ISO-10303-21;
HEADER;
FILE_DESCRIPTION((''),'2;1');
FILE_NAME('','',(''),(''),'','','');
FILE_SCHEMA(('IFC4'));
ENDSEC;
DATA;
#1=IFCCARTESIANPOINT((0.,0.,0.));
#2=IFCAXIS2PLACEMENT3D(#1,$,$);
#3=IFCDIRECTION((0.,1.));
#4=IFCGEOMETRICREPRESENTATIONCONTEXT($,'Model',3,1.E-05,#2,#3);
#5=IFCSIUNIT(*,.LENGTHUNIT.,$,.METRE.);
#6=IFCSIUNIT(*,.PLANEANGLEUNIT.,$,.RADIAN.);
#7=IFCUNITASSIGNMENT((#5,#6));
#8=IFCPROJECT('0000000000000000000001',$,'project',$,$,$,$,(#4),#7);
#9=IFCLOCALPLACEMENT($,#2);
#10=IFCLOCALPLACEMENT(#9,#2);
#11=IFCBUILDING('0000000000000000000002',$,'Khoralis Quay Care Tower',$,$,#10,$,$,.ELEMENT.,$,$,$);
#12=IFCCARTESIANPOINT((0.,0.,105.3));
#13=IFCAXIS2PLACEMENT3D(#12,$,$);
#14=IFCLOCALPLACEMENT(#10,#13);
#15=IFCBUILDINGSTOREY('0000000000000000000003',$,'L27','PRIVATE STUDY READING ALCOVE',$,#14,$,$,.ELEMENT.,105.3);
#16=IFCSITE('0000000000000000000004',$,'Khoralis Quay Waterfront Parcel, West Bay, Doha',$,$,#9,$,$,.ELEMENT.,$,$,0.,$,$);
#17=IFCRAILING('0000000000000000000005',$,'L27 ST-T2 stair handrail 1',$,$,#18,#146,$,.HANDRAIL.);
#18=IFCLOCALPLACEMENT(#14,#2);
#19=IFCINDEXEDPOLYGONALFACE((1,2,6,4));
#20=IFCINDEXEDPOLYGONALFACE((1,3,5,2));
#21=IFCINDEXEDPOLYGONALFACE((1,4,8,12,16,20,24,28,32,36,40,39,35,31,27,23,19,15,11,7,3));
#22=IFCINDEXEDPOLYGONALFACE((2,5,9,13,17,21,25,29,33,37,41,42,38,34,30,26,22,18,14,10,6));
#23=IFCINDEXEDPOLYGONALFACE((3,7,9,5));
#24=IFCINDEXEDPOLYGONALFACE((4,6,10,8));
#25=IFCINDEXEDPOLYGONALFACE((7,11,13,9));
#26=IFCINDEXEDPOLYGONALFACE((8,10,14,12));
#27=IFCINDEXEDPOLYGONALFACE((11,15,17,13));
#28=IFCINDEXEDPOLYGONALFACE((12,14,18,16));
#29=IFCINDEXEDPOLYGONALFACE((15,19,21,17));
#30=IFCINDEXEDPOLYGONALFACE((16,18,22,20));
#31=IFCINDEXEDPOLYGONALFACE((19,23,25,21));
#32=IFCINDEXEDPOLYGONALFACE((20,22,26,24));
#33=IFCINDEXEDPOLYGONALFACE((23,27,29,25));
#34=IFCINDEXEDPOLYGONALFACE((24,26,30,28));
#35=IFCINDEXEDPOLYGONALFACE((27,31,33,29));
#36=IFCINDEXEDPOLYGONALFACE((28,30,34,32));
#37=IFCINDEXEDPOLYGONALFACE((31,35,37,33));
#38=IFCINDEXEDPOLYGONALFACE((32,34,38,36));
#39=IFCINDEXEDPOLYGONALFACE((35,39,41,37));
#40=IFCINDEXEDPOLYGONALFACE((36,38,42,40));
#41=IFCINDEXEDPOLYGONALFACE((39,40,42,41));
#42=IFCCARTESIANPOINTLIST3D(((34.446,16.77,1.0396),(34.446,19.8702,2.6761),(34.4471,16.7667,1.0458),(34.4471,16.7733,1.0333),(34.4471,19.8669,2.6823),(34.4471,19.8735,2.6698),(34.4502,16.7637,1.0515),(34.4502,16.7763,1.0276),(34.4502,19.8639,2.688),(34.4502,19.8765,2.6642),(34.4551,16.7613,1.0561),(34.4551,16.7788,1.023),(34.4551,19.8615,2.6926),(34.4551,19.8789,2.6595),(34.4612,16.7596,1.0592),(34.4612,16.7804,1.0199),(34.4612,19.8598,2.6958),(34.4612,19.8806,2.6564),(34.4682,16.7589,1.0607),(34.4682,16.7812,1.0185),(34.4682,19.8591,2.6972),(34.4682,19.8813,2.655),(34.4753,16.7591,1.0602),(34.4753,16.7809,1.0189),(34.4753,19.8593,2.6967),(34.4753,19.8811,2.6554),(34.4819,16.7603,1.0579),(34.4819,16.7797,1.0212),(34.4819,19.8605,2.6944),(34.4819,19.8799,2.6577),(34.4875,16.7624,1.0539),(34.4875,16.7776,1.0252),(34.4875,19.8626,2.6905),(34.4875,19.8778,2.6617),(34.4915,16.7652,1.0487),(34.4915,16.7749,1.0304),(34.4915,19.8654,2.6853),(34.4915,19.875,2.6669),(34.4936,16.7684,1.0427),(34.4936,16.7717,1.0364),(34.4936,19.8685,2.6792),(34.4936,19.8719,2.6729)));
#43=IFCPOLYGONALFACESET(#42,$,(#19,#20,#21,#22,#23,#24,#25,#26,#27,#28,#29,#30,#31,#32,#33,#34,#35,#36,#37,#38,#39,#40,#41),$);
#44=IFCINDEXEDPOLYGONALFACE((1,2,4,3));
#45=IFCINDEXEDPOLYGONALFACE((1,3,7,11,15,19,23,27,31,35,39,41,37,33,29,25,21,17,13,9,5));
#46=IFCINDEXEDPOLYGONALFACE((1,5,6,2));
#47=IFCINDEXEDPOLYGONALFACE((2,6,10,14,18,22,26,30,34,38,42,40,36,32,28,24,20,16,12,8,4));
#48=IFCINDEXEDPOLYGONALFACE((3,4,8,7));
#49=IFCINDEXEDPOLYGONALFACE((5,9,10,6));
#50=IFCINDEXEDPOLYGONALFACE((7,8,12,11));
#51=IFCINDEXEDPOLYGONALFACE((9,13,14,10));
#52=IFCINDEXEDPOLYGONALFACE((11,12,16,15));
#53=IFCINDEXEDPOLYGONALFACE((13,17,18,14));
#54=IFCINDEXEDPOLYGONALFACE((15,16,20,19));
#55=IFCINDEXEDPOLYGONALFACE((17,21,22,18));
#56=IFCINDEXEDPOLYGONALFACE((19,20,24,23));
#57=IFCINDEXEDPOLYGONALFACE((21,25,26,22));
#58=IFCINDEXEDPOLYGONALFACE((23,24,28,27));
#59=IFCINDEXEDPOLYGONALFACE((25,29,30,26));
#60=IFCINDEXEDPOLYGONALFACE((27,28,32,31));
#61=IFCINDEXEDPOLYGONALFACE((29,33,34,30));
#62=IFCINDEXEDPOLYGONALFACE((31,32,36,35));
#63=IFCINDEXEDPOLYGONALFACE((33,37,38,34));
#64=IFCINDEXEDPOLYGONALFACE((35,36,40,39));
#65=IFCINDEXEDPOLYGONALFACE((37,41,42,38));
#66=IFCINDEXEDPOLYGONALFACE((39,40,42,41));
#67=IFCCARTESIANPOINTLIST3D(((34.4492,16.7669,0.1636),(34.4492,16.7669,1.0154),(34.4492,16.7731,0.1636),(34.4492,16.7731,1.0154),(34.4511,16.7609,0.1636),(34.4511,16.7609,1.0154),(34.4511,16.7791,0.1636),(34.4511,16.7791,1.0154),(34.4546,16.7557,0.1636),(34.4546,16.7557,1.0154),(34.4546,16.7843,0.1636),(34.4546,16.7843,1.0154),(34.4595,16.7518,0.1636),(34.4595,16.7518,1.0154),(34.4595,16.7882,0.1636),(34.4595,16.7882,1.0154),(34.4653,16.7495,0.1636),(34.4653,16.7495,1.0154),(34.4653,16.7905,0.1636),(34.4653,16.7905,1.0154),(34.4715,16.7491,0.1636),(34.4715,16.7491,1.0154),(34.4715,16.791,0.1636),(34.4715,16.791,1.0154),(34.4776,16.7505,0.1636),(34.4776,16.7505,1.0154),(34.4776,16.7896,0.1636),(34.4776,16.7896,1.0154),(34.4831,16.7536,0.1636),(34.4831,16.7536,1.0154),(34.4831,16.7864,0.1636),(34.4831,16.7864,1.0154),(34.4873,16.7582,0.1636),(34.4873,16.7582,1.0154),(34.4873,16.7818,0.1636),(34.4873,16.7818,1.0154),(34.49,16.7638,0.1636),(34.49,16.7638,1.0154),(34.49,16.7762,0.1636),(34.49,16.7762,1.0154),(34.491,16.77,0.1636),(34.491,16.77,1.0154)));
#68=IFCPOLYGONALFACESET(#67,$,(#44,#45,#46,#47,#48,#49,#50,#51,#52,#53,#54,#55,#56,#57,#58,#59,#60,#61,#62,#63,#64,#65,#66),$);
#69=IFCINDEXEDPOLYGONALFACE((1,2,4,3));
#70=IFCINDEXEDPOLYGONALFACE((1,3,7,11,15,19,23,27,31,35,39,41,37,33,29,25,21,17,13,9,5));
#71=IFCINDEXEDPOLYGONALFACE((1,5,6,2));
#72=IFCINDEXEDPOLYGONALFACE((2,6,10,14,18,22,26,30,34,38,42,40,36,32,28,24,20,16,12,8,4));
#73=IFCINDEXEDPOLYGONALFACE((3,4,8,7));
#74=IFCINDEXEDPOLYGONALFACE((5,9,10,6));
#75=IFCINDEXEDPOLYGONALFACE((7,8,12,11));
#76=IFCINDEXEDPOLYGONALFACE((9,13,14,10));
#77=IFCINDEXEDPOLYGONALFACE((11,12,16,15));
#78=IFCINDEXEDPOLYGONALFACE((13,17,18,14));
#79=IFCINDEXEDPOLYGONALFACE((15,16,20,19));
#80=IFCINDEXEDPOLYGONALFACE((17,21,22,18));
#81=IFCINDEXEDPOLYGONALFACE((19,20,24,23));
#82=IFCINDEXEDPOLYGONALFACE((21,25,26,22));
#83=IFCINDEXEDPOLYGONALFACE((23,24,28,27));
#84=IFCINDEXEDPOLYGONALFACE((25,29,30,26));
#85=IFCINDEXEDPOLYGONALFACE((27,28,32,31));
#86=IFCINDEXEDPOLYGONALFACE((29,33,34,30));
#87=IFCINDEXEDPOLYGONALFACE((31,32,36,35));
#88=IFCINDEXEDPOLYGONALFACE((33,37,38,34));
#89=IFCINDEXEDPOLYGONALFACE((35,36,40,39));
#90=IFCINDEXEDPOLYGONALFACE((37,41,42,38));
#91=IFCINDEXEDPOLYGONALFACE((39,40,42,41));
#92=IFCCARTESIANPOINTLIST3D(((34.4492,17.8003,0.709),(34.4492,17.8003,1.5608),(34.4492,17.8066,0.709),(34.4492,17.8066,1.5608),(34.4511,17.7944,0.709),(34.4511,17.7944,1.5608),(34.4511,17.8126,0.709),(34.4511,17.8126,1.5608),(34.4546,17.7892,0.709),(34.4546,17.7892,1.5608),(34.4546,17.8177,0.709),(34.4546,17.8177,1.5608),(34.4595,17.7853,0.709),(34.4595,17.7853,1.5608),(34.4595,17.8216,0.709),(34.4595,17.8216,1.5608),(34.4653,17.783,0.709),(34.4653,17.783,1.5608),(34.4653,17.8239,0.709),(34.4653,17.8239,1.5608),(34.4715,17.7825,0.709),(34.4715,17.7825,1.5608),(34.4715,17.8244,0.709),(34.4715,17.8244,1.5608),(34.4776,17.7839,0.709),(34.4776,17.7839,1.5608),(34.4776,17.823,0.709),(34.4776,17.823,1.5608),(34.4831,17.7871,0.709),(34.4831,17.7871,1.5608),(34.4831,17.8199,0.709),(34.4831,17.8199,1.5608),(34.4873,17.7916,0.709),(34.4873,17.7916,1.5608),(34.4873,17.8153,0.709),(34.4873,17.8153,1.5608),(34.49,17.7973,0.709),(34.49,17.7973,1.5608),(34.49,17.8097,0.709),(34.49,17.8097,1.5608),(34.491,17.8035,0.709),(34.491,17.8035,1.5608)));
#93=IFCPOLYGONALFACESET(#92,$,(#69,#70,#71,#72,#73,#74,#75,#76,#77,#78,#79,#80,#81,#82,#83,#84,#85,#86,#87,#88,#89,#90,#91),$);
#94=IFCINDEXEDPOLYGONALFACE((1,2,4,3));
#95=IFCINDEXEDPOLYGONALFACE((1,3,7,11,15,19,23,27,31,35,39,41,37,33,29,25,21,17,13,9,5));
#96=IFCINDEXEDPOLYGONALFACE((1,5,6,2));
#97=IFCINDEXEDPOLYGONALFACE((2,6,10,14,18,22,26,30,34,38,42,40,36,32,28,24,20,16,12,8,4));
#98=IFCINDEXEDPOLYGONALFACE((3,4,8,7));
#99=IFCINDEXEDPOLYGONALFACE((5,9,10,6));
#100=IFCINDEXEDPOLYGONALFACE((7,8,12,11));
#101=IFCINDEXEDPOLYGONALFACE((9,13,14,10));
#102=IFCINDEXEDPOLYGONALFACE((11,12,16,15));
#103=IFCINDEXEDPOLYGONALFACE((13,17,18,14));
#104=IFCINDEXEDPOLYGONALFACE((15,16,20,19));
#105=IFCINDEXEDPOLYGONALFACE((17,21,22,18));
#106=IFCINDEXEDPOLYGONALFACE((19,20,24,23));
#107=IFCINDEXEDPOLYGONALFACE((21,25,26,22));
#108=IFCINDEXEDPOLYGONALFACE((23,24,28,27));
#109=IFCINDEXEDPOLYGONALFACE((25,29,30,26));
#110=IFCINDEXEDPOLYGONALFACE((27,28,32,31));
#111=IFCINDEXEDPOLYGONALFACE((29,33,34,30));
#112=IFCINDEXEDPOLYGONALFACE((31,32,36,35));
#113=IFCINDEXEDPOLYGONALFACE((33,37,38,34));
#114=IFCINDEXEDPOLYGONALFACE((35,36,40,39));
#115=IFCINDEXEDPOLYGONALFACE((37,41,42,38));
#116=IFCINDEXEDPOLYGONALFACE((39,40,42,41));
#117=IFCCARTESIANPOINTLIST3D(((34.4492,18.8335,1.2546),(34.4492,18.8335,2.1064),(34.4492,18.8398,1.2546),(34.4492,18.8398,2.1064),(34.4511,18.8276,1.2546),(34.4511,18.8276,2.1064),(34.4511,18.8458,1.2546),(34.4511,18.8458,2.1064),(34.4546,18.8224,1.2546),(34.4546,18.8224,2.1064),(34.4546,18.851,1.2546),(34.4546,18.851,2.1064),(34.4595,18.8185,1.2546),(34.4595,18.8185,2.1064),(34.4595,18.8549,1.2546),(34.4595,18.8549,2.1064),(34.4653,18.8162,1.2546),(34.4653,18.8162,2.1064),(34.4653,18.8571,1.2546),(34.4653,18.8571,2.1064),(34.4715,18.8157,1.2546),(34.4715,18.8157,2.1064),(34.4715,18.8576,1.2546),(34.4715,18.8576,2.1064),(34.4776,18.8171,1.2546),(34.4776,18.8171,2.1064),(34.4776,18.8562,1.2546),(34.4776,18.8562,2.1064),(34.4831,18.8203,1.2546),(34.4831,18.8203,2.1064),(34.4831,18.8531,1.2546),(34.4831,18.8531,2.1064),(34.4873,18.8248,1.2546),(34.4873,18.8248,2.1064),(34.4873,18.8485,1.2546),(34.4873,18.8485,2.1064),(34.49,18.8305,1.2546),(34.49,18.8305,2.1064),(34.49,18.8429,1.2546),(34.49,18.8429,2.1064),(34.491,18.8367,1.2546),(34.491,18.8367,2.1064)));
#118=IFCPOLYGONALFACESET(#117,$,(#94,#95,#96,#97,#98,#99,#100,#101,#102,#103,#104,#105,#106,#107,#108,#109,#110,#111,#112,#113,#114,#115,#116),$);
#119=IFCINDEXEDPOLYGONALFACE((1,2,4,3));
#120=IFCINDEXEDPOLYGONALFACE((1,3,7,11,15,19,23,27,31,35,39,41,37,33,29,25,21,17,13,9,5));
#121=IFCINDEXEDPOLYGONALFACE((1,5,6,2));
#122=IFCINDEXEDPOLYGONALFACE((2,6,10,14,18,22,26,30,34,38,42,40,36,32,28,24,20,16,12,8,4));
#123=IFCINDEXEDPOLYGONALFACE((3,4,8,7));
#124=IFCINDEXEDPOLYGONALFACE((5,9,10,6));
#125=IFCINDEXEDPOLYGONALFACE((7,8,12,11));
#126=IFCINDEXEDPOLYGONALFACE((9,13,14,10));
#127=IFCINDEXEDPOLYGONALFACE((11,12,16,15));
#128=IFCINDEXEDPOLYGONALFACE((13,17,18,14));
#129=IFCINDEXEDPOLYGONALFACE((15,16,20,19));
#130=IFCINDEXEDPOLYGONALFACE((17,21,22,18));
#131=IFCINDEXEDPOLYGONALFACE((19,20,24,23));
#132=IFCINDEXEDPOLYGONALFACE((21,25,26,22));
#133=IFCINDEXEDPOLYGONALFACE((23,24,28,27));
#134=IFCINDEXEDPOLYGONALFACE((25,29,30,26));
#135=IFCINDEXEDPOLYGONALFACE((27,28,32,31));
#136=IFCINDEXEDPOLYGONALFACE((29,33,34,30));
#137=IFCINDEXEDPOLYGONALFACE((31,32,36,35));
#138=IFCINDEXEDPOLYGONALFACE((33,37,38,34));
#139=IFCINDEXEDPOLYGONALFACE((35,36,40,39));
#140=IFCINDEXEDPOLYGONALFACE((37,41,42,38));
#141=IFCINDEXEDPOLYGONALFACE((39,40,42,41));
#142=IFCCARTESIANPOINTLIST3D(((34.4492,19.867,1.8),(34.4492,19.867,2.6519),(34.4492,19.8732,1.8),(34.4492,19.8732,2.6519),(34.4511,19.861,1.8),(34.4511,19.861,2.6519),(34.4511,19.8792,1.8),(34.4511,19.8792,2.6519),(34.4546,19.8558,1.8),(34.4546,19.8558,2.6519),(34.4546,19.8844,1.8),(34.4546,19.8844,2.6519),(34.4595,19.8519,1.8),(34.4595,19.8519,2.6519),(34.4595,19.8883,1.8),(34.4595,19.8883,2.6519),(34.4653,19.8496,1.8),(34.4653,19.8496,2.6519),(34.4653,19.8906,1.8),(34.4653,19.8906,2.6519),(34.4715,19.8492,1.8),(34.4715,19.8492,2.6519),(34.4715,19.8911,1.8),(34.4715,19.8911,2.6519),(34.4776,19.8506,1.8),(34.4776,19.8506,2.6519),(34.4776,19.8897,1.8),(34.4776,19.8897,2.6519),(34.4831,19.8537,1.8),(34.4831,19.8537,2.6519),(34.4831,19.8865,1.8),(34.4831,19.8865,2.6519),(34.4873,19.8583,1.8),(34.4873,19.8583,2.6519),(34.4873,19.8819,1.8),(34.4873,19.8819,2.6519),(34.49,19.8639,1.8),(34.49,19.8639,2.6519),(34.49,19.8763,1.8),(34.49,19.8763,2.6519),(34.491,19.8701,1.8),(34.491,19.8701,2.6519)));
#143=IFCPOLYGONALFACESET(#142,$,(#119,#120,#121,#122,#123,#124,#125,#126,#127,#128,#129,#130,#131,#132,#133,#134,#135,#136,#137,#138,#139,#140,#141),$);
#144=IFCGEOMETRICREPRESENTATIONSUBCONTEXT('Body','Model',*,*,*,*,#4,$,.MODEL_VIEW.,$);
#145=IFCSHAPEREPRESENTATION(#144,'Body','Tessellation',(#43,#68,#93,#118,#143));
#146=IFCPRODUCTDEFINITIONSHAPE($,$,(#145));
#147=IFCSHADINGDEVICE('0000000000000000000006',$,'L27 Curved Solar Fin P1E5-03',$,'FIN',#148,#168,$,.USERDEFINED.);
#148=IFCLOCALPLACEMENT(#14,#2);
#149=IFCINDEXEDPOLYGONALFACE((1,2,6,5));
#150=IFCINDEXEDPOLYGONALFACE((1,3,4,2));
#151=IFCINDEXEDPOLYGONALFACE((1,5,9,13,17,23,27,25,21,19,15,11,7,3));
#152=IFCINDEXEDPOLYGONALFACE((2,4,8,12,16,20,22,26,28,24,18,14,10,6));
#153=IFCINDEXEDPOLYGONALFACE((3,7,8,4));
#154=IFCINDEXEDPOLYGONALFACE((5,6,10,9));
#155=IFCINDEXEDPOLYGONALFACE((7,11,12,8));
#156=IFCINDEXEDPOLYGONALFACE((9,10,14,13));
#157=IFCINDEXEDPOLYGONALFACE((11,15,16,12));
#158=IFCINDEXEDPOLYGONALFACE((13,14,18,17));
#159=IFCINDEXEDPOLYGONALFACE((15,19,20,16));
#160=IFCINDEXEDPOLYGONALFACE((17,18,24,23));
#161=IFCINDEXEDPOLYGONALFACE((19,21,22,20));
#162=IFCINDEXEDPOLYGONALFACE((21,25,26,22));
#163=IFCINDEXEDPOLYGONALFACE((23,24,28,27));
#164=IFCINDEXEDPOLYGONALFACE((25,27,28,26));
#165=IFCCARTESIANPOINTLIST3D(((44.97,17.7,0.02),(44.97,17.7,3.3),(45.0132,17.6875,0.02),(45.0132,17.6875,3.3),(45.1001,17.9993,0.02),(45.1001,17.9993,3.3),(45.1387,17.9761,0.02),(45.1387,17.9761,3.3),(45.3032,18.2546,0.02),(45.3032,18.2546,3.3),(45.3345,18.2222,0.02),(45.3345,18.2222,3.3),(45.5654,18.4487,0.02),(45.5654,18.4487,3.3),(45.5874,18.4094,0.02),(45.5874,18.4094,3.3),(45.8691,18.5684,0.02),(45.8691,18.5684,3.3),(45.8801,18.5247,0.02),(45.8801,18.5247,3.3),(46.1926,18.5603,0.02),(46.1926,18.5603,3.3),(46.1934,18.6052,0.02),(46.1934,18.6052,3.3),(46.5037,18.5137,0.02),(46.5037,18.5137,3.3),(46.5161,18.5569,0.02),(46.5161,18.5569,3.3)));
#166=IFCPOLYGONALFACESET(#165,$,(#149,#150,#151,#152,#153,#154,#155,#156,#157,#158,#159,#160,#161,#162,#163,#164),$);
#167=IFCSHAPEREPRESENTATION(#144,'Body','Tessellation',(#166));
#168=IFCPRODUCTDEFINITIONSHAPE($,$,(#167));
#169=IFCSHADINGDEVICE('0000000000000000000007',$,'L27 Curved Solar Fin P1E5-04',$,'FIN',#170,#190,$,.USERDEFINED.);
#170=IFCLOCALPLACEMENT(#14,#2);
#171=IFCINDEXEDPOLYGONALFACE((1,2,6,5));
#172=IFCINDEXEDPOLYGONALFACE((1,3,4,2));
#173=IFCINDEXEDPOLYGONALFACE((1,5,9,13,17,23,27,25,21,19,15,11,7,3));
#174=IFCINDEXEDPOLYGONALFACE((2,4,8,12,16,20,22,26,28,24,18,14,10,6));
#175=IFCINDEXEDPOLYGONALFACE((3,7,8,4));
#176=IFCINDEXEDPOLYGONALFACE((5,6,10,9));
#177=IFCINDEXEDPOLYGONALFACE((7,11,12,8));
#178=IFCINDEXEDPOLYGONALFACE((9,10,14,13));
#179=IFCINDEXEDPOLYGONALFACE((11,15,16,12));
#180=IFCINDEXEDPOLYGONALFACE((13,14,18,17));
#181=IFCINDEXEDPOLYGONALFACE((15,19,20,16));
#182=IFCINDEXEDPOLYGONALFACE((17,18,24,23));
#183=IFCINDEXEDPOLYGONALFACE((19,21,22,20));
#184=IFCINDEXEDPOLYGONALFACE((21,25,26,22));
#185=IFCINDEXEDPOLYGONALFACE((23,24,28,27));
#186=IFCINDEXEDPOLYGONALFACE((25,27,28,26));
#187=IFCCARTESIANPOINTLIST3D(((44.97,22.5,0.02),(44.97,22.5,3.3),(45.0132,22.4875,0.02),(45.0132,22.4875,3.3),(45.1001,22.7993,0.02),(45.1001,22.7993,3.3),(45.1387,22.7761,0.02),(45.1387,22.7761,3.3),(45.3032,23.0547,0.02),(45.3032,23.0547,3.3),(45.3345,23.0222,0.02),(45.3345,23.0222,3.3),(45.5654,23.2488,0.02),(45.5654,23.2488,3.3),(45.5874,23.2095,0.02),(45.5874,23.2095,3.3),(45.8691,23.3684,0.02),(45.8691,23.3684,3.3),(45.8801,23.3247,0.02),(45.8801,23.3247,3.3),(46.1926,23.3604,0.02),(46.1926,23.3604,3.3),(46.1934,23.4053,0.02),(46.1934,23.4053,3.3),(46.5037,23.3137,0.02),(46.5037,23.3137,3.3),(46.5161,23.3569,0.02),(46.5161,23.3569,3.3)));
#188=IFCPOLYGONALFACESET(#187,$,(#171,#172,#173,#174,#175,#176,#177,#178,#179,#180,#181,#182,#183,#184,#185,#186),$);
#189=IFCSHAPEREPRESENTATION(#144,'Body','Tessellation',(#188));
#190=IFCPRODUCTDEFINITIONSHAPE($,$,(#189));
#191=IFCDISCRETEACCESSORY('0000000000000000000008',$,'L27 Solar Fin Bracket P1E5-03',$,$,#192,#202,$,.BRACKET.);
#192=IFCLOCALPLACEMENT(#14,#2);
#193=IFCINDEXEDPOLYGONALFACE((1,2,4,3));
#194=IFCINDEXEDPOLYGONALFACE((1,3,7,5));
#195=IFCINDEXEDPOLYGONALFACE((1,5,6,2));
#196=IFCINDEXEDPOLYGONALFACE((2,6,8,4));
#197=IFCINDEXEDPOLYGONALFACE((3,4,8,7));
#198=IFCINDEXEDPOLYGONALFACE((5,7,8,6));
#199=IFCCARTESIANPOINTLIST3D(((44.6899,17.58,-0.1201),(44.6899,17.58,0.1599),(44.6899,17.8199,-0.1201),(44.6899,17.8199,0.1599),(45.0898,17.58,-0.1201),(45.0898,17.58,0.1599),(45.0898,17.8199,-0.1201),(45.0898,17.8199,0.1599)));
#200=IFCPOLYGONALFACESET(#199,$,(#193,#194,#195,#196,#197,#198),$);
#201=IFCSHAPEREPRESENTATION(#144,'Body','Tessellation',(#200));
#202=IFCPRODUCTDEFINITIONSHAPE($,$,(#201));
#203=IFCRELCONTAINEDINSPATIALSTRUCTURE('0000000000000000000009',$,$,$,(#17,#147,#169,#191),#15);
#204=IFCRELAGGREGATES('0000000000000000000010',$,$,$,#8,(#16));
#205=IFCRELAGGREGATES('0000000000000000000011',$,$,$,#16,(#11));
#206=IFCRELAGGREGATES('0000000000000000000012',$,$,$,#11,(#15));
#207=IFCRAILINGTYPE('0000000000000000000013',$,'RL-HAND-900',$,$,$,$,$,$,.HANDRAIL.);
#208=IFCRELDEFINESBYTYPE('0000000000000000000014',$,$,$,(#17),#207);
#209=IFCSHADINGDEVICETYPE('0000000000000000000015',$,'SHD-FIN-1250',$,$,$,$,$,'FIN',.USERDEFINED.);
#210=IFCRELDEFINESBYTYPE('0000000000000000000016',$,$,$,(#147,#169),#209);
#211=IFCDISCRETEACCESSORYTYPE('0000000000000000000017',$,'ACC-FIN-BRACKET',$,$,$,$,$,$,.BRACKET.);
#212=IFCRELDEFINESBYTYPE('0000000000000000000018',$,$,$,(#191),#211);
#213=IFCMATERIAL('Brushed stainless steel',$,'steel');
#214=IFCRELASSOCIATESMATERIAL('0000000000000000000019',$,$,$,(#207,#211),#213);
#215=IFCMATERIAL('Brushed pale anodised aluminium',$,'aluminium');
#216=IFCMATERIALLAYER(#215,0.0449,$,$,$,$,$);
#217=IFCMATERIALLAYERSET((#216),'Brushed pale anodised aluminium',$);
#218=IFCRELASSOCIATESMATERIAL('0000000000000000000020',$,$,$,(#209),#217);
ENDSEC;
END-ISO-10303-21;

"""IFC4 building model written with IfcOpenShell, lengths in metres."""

from ifc_helpers import new_model, si_unit, direction, frame, origin, origin_2d, place, context, subcontext, project, spatial, polyline, rectangle, circle, outline, extrude, source, transform, mapped, material, layer, layer_set, type_object, element, save


model = new_model("IFC4")

# Units and contexts
model_context = context("Model", 3, precision=1e-05, world=origin(), true_north=direction((0.0, 1.0)))
body_context = subcontext(model_context, "Body", "Model", "MODEL_VIEW")
ifc_project = project(units=[si_unit("LENGTHUNIT", "METRE"), si_unit("PLANEANGLEUNIT", "RADIAN")], contexts=[model_context])

# Site, building, storey
site_placement = place(None, origin())
site = spatial("IfcSite", under=ifc_project, at=site_placement, Name="Khoralis Quay Waterfront Parcel, West Bay, Doha", CompositionType="ELEMENT", RefElevation=0.0)
building_placement = place(site_placement, origin())
building = spatial("IfcBuilding", under=site, at=building_placement, Name="Khoralis Quay Care Tower", CompositionType="ELEMENT")
storey_placement = place(building_placement, frame((0.0, 0.0, 105.3)))
storey = spatial("IfcBuildingStorey", under=building, at=storey_placement, Name="L27", Description="PRIVATE STUDY READING ALCOVE", CompositionType="ELEMENT", Elevation=105.3)

# Railing
ifc_material_1 = material(Name="Brushed stainless steel", Category="steel")
railing_type_1 = type_object("IfcRailingType", Name="RL-HAND-900", PredefinedType="HANDRAIL", material=ifc_material_1)
railing_1_placement = place(storey_placement, frame((34.47, 16.77, 0.1636)))
element("IfcRailing", 1, at=railing_1_placement, inside=storey, type_object=railing_type_1, Name="L27 ST-T2 stair handrail 1", PredefinedType="HANDRAIL", context=body_context, shape_type="SweptSolid", body=[
    extrude(circle(Radius=0.0239, at=origin_2d()), frame((0.0, 0.0, 0.876), z_axis=(0.0, 0.884348, 0.466828), x_axis=(-1.0, 0.0, 0.0)), (0.0, 0.0, 1.0), 3.5056),
    extrude(circle(Radius=0.021, at=origin_2d()), origin(), (0.0, 0.0, 1.0), 0.8518),
    extrude(circle(Radius=0.021, at=origin_2d()), frame((0.0, 1.0334, 0.5454)), (0.0, 0.0, 1.0), 0.8518),
    extrude(circle(Radius=0.021, at=origin_2d()), frame((0.0, 2.0667, 1.0911)), (0.0, 0.0, 1.0), 0.8518),
    extrude(circle(Radius=0.021, at=origin_2d()), frame((0.0, 3.1001, 1.6365)), (0.0, 0.0, 1.0), 0.8518),
])

# Shading devices
ifc_material_2 = material(Name="Brushed pale anodised aluminium", Category="aluminium")
ifc_layer_1 = layer(ifc_material_2, 0.0449)
ifc_layer_set_1 = layer_set([ifc_layer_1], Name="Brushed pale anodised aluminium")
shading_device_type = type_object("IfcShadingDeviceType", Name="SHD-FIN-1250", ElementType="FIN", PredefinedType="USERDEFINED", material=ifc_layer_set_1)
shared_shape_1 = source(origin(), body_context, "Body", "SweptSolid", [
    extrude(outline(polyline([(0.0, 0.0), (0.1301, 0.2993), (0.3333, 0.5547), (0.5955, 0.7488), (0.8992, 0.8684), (1.2234, 0.9053), (1.5461, 0.8569), (1.5337, 0.8137), (1.2227, 0.8604), (0.9102, 0.8247), (0.6174, 0.7095), (0.3645, 0.5222), (0.1687, 0.2761), (0.0432, -0.0125), (0.0, 0.0)])), origin(), (0.0, 0.0, 1.0), 3.28),
])
for number, where, z_axis, x_axis, name in (
    (2, (44.97, 17.7, 0.02), (0.0, 0.0, 1.0), (1.0, 0.0, 0.0), "L27 Curved Solar Fin P1E5-03"),
    (3, (44.97, 22.5, 0.02), (0.0, 0.0, 1.0), (1.0, 0.0, 0.0), "L27 Curved Solar Fin P1E5-04"),
):
    element("IfcShadingDevice", number, at=place(storey_placement, frame(where, z_axis=z_axis, x_axis=x_axis)), inside=storey, type_object=shading_device_type, Name=name, ObjectType="FIN", PredefinedType="USERDEFINED", context=body_context, shape_type="MappedRepresentation", body=[
        mapped(shared_shape_1, transform((0.0, 0.0, 0.0), scale=1.0)),
    ])

# Discrete accessory
discrete_accessory_type = type_object("IfcDiscreteAccessoryType", Name="ACC-FIN-BRACKET", PredefinedType="BRACKET", material=ifc_material_1)
shared_shape_2 = source(origin(), body_context, "Body", "SweptSolid", [
    extrude(rectangle(XDim=0.3999, YDim=0.24, at=origin_2d()), origin(), (0.0, 0.0, 1.0), 0.28),
])
for number, where, z_axis, x_axis, name in (
    (4, (44.8899, 17.7, -0.1201), (0.0, 0.0, 1.0), (1.0, 0.0, 0.0), "L27 Solar Fin Bracket P1E5-03"),
):
    element("IfcDiscreteAccessory", number, at=place(storey_placement, frame(where, z_axis=z_axis, x_axis=x_axis)), inside=storey, type_object=discrete_accessory_type, Name=name, PredefinedType="BRACKET", context=body_context, shape_type="MappedRepresentation", body=[
        mapped(shared_shape_2, transform((0.0, 0.0, 0.0), scale=1.0)),
    ])

save(model, "model.ifc")
